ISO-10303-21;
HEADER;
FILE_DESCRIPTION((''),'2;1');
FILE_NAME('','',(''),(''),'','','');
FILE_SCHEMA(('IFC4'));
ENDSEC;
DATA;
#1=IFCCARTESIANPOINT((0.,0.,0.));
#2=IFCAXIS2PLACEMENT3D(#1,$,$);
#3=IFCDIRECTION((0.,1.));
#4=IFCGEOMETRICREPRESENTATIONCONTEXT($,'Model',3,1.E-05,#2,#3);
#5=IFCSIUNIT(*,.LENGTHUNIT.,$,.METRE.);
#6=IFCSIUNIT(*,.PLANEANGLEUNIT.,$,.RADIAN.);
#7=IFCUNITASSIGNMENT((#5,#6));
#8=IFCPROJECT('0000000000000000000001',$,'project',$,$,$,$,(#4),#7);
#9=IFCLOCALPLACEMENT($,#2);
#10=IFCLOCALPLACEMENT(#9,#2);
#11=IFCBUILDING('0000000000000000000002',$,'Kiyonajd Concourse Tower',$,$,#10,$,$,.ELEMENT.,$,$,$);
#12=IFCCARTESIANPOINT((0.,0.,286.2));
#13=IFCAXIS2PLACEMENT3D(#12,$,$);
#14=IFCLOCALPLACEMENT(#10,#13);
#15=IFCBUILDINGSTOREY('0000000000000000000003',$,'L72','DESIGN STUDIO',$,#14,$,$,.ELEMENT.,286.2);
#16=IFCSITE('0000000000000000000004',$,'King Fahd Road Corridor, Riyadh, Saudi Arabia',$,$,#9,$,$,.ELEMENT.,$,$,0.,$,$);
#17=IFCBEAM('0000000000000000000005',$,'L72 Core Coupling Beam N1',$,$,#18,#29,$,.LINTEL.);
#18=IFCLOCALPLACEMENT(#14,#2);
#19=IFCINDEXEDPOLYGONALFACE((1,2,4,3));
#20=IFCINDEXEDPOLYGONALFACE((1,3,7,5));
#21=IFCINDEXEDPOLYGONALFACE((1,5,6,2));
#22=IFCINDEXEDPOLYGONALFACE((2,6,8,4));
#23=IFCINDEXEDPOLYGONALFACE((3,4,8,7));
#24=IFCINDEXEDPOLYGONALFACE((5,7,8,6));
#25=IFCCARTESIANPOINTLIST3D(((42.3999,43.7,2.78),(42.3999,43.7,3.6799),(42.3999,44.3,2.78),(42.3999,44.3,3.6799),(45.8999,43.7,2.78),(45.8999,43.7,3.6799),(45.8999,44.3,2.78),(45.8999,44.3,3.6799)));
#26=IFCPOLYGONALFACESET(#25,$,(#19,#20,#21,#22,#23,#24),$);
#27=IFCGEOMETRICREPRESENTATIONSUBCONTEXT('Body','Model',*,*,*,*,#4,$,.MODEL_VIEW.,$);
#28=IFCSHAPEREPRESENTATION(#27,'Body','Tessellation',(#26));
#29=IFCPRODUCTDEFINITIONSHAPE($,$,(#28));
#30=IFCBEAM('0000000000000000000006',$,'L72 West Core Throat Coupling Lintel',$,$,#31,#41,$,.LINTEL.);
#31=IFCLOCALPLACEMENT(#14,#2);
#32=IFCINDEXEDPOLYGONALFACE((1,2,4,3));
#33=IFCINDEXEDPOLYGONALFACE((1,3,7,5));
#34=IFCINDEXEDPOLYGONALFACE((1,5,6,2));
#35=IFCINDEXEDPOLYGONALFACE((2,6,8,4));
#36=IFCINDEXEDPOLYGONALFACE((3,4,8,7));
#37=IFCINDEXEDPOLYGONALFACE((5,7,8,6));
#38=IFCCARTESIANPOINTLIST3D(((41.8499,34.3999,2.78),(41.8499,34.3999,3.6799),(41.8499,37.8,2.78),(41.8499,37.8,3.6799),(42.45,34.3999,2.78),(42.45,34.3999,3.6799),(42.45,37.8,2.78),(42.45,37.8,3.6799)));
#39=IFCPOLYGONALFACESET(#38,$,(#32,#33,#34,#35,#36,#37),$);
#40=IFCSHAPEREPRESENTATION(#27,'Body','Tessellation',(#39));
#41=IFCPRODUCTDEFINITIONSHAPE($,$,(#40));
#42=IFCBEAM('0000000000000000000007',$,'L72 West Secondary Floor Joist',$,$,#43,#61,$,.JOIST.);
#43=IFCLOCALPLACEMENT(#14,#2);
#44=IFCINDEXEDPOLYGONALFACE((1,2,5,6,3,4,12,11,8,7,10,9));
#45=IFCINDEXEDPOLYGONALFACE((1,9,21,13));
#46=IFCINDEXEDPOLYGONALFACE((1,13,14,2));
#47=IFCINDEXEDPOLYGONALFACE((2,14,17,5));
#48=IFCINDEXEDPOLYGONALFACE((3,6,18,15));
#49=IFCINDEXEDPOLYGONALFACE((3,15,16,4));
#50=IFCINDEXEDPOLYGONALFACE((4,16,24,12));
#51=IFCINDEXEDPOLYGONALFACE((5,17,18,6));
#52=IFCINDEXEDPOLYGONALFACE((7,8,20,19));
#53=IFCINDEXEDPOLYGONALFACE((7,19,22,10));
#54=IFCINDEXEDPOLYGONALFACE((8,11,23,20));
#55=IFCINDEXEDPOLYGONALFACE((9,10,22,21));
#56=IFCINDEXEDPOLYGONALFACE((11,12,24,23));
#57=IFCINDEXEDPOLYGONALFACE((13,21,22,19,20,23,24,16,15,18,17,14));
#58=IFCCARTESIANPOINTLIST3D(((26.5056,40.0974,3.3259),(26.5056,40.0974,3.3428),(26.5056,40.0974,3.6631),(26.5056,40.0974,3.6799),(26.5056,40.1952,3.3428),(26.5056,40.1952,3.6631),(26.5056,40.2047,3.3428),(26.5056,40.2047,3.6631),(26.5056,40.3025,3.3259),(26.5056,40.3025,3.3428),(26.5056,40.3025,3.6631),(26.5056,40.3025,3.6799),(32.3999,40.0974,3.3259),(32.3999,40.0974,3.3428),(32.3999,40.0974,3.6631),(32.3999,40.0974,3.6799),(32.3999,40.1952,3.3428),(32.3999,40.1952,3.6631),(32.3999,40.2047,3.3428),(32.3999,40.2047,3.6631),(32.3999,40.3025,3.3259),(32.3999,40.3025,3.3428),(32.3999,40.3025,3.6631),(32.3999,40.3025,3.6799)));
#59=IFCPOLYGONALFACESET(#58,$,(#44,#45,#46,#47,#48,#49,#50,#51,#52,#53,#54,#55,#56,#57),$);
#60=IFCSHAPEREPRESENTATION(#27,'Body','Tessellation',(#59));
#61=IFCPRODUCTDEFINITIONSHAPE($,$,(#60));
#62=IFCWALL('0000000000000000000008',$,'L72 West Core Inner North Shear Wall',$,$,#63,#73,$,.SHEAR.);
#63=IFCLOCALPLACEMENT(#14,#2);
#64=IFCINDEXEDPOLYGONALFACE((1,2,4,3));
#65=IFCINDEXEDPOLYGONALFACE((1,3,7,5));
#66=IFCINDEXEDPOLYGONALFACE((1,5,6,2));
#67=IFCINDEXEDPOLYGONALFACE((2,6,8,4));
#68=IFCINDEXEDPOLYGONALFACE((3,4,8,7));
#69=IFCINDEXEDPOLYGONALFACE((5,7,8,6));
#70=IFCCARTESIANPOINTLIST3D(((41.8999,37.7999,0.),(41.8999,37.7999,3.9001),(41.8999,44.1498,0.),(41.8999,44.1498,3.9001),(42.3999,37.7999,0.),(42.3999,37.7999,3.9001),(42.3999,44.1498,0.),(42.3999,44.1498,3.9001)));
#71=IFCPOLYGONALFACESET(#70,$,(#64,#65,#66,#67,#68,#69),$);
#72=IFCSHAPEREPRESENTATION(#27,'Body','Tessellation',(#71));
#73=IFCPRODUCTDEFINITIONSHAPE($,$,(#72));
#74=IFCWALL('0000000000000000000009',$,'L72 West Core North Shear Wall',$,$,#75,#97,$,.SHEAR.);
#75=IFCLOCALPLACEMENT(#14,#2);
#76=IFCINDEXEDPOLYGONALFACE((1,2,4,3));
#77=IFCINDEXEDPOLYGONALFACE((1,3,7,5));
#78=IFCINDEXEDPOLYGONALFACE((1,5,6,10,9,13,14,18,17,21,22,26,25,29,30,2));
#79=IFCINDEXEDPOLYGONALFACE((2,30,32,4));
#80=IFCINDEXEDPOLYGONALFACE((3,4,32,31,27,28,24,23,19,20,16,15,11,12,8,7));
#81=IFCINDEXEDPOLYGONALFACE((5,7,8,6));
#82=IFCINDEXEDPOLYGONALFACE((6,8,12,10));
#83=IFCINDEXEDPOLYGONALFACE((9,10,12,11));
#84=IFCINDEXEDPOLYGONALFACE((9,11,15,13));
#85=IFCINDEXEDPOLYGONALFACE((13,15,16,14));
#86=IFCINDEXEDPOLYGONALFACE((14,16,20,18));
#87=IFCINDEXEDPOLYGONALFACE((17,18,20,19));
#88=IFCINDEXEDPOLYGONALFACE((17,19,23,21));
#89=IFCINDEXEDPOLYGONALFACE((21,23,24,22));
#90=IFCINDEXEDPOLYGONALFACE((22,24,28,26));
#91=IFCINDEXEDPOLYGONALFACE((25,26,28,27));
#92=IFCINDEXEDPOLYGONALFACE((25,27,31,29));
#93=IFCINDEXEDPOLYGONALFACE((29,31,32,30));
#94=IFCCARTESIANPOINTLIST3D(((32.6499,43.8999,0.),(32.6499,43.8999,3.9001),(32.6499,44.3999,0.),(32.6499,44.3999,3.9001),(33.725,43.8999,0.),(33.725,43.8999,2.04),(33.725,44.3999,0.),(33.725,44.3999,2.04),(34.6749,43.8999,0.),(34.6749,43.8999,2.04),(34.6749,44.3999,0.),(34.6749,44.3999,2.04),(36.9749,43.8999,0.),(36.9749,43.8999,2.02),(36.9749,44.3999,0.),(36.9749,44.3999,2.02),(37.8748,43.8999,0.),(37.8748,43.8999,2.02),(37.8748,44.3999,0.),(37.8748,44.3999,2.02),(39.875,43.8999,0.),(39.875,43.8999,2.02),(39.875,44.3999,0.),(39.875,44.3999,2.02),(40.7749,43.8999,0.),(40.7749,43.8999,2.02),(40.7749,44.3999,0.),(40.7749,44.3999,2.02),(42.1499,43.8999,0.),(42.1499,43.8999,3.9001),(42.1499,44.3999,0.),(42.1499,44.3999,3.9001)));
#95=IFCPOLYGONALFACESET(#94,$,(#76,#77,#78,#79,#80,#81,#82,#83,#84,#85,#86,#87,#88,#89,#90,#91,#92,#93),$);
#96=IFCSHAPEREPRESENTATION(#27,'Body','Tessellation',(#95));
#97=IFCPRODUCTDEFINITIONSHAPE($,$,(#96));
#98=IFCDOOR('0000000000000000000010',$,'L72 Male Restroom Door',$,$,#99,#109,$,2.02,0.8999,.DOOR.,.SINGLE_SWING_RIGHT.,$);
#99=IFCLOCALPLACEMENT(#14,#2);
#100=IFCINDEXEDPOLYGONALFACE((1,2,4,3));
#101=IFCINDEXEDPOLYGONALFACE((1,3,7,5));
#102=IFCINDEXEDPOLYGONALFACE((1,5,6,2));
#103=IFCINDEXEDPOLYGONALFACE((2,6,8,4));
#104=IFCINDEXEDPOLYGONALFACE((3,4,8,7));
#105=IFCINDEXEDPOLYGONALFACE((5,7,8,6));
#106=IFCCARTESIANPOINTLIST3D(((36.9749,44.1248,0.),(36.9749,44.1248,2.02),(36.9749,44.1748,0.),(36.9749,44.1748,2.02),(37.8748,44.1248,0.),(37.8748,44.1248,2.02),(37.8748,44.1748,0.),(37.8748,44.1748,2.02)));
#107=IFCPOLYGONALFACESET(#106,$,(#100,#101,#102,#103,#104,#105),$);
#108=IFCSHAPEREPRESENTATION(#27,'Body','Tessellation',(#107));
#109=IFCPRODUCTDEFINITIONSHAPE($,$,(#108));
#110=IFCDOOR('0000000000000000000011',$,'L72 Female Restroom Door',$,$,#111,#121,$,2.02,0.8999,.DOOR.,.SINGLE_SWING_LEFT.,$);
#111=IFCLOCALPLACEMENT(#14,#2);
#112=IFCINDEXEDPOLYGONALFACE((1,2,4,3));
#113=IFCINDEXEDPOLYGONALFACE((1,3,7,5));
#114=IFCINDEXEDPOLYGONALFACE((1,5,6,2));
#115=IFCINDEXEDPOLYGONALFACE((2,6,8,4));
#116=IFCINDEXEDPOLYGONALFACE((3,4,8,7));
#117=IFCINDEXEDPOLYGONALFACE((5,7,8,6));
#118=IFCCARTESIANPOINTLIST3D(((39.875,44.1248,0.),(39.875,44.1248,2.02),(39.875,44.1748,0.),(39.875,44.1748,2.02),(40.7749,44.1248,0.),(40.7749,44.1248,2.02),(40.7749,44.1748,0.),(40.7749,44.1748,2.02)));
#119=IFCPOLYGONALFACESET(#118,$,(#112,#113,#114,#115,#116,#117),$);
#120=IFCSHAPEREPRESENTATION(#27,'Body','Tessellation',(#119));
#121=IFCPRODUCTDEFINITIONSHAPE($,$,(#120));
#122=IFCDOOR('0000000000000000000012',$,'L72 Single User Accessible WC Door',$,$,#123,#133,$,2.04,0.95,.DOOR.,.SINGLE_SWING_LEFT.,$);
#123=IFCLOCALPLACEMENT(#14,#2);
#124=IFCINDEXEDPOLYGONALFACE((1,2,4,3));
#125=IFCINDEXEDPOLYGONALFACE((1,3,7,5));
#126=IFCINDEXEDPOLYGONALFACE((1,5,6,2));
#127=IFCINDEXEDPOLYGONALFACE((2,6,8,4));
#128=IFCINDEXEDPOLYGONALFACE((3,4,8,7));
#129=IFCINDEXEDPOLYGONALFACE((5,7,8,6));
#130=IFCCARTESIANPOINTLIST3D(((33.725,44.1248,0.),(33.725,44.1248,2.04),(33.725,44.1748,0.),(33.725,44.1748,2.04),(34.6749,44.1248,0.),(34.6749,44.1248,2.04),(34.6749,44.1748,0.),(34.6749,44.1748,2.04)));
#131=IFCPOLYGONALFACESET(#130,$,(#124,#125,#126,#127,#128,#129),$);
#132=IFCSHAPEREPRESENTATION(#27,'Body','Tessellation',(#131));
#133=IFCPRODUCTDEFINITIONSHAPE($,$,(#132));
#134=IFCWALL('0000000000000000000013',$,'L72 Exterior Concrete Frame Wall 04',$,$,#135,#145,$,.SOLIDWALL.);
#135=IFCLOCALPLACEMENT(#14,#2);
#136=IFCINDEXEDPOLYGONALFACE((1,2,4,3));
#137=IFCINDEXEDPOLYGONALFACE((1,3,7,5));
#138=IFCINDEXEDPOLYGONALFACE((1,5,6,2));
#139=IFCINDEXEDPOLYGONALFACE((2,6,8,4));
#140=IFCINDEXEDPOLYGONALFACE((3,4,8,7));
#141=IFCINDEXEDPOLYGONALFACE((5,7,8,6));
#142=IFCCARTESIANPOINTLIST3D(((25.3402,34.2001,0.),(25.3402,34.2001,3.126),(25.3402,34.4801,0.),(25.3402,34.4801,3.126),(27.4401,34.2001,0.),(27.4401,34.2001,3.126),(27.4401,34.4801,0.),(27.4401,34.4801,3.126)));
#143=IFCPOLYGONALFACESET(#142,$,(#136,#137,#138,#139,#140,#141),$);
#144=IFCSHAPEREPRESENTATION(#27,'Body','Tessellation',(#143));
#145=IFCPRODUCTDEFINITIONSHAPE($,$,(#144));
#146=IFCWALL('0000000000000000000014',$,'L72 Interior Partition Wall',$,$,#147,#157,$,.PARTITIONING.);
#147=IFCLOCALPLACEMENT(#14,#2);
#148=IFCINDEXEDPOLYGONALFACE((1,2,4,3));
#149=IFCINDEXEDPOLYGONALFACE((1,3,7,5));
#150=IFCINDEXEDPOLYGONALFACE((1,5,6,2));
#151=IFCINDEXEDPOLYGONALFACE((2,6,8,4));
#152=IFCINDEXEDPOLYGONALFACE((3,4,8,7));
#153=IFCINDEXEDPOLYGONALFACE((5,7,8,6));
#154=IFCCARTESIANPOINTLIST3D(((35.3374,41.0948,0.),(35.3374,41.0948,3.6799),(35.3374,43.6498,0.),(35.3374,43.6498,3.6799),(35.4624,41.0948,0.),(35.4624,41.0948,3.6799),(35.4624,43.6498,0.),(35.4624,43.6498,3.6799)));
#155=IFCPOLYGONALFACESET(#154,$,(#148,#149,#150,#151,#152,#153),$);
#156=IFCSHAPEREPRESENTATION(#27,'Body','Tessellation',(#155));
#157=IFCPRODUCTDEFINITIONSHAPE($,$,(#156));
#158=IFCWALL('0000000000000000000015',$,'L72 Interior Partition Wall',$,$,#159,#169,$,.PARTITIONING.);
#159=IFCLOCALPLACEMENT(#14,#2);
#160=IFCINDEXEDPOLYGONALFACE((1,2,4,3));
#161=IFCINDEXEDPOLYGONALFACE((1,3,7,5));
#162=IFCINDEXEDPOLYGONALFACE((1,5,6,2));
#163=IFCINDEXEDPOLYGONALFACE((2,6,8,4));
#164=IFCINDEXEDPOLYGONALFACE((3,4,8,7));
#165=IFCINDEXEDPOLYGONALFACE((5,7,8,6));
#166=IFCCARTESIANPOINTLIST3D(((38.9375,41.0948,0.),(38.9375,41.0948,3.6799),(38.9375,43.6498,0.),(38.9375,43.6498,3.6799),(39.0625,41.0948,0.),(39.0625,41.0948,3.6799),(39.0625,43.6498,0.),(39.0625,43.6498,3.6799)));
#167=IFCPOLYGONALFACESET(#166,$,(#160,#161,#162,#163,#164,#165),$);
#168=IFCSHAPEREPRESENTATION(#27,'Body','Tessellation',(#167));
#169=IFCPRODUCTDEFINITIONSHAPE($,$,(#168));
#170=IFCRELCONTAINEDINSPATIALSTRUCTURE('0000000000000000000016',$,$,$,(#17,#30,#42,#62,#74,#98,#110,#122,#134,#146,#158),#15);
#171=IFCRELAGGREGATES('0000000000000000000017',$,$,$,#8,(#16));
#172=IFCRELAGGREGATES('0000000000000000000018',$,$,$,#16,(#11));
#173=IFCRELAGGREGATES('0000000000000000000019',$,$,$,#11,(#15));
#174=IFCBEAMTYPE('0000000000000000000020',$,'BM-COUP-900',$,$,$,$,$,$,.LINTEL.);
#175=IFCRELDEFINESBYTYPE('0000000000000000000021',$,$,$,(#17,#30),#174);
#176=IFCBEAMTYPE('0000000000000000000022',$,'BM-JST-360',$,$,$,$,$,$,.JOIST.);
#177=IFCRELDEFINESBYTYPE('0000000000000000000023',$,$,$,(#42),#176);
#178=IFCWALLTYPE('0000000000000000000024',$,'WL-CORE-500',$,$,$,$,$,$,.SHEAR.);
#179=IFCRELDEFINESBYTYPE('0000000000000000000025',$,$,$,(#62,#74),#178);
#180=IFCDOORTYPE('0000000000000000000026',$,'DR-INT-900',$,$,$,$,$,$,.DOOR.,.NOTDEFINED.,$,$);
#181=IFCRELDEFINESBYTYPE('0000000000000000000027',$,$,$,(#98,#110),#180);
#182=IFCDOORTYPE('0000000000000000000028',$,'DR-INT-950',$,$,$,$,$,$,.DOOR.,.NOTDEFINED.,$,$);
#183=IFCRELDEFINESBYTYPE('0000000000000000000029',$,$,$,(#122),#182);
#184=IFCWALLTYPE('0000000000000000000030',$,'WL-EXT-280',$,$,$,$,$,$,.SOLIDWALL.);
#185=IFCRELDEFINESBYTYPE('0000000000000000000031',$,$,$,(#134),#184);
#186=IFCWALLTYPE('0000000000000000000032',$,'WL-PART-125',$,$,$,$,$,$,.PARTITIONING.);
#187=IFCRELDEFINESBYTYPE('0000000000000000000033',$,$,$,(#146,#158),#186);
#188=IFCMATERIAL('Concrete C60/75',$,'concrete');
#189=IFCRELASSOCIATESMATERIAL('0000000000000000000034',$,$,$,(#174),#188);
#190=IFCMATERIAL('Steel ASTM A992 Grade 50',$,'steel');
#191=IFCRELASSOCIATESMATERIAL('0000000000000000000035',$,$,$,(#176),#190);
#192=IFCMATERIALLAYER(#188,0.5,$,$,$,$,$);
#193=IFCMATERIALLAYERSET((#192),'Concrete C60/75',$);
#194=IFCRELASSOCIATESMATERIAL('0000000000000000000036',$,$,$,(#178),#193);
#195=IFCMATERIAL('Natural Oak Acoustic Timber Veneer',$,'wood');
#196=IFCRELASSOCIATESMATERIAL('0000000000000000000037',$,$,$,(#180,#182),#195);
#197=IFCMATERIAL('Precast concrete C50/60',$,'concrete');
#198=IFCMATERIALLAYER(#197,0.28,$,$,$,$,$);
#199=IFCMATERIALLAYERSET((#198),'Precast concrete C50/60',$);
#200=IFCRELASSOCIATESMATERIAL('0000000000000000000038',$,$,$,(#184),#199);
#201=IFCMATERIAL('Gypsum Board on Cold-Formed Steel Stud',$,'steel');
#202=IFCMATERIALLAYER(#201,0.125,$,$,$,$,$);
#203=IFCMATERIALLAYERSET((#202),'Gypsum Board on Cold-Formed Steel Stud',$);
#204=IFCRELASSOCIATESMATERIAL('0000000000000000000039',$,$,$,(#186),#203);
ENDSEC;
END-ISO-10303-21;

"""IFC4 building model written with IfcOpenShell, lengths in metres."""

from ifc_helpers import new_model, si_unit, direction, frame, frame_2d, origin, origin_2d, place, context, subcontext, project, spatial, rectangle, i_section, extrude, material, layer, layer_set, material_profile, profile_set, type_object, element, fill, save


model = new_model("IFC4")

# Units and contexts
model_context = context("Model", 3, precision=1e-05, world=origin(), true_north=direction((0.0, 1.0)))
body_context = subcontext(model_context, "Body", "Model", "MODEL_VIEW")
ifc_project = project(units=[si_unit("LENGTHUNIT", "METRE"), si_unit("PLANEANGLEUNIT", "RADIAN")], contexts=[model_context])

# Site, building, storey
site_placement = place(None, origin())
site = spatial("IfcSite", under=ifc_project, at=site_placement, Name="King Fahd Road Corridor, Riyadh, Saudi Arabia", CompositionType="ELEMENT", RefElevation=0.0)
building_placement = place(site_placement, origin())
building = spatial("IfcBuilding", under=site, at=building_placement, Name="Kiyonajd Concourse Tower", CompositionType="ELEMENT")
storey_placement = place(building_placement, frame((0.0, 0.0, 286.2)))
storey = spatial("IfcBuildingStorey", under=building, at=storey_placement, Name="L72", Description="DESIGN STUDIO", CompositionType="ELEMENT", Elevation=286.2)

# Beams
ifc_material_1 = material(Name="Concrete C60/75", Category="concrete")
ifc_material_profile_1 = material_profile(ifc_material_1, rectangle(XDim=0.6001, YDim=0.8999, at=origin_2d()), Name="RCBM-600x900")
ifc_profile_set_1 = profile_set([ifc_material_profile_1], Name="Concrete C60/75")
beam_type_1 = type_object("IfcBeamType", Name="BM-COUP-900", PredefinedType="LINTEL", material=ifc_profile_set_1)
beam_1_placement = place(storey_placement, frame((42.3999, 44.0, 3.23), z_axis=(1.0, 0.0, 0.0), x_axis=(0.0, 1.0, 0.0)))
element("IfcBeam", 1, at=beam_1_placement, inside=storey, type_object=beam_type_1, Name="L72 Core Coupling Beam N1", PredefinedType="LINTEL", context=body_context, shape_type="SweptSolid", body=[
    extrude(rectangle(XDim=0.6001, YDim=0.8999, at=origin_2d()), origin(), (0.0, 0.0, 1.0), 3.5),
])
beam_2_placement = place(storey_placement, frame((42.1499, 34.3999, 3.23), z_axis=(0.0, 1.0, 0.0), x_axis=(-1.0, 0.0, 0.0)))
element("IfcBeam", 2, at=beam_2_placement, inside=storey, type_object=beam_type_1, Name="L72 West Core Throat Coupling Lintel", PredefinedType="LINTEL", context=body_context, shape_type="SweptSolid", body=[
    extrude(rectangle(XDim=0.6001, YDim=0.8999, at=origin_2d()), origin(), (0.0, 0.0, 1.0), 3.4001),
])
ifc_material_2 = material(Name="Steel ASTM A992 Grade 50", Category="steel")
ifc_material_profile_2 = material_profile(ifc_material_2, i_section(OverallWidth=0.2051, OverallDepth=0.354, WebThickness=0.0095, FlangeThickness=0.0168, at=origin_2d()), Name="W360X79")
ifc_profile_set_2 = profile_set([ifc_material_profile_2], Name="Steel ASTM A992 Grade 50")
beam_type_2 = type_object("IfcBeamType", Name="BM-JST-360", PredefinedType="JOIST", material=ifc_profile_set_2)
beam_3_placement = place(storey_placement, frame((26.5056, 40.2, 3.5029), z_axis=(1.0, 0.0, 0.0), x_axis=(0.0, 1.0, 0.0)))
element("IfcBeam", 3, at=beam_3_placement, inside=storey, type_object=beam_type_2, Name="L72 West Secondary Floor Joist", PredefinedType="JOIST", context=body_context, shape_type="SweptSolid", body=[
    extrude(i_section(OverallWidth=0.2051, OverallDepth=0.354, WebThickness=0.0095, FlangeThickness=0.0168, at=origin_2d()), origin(), (0.0, 0.0, 1.0), 5.8943),
])

# Wall
ifc_layer_1 = layer(ifc_material_1, 0.5)
ifc_layer_set_1 = layer_set([ifc_layer_1], Name="Concrete C60/75")
wall_type_1 = type_object("IfcWallType", Name="WL-CORE-500", PredefinedType="SHEAR", material=ifc_layer_set_1)
wall_1_placement = place(storey_placement, frame((42.1499, 37.8, 0.0), z_axis=(0.0, 0.0, 1.0), x_axis=(0.0, 1.0, 0.0)))
element("IfcWall", 4, at=wall_1_placement, inside=storey, type_object=wall_type_1, Name="L72 West Core Inner North Shear Wall", PredefinedType="SHEAR", context=body_context, shape_type="SweptSolid", body=[
    extrude(rectangle(XDim=6.3499, YDim=0.5, at=frame_2d((3.1748, 0.0))), origin(), (0.0, 0.0, 1.0), 3.9001),
])

# Wall, openings, doors
wall_2_placement = place(storey_placement, frame((32.6499, 44.1499, 0.0), z_axis=(0.0, 0.0, 1.0), x_axis=(1.0, 0.0, 0.0)))
wall_2 = element("IfcWall", 5, at=wall_2_placement, inside=storey, type_object=wall_type_1, Name="L72 West Core North Shear Wall", PredefinedType="SHEAR", context=body_context, shape_type="SweptSolid", body=[
    extrude(rectangle(XDim=9.5, YDim=0.5, at=frame_2d((4.75, 0.0))), origin(), (0.0, 0.0, 1.0), 3.9001),
])
opening_1_placement = place(wall_2_placement, frame((1.075, 0.0, 0.0)))
opening_1 = element("IfcOpeningElement", 6, at=opening_1_placement, cuts=wall_2, PredefinedType="OPENING", context=body_context, shape_type="SweptSolid", body=[
    extrude(rectangle(XDim=0.95, YDim=2.04, at=frame_2d((0.4751, 1.02))), frame((0.0, 0.26, 0.0), z_axis=(0.0, -1.0, 0.0), x_axis=(1.0, 0.0, 0.0)), (0.0, 0.0, 1.0), 0.52),
])
opening_2_placement = place(wall_2_placement, frame((4.325, 0.0, 0.0)))
opening_2 = element("IfcOpeningElement", 7, at=opening_2_placement, cuts=wall_2, PredefinedType="OPENING", context=body_context, shape_type="SweptSolid", body=[
    extrude(rectangle(XDim=0.8999, YDim=2.02, at=frame_2d((0.45, 1.01))), frame((0.0, 0.26, 0.0), z_axis=(0.0, -1.0, 0.0), x_axis=(1.0, 0.0, 0.0)), (0.0, 0.0, 1.0), 0.52),
])
opening_3_placement = place(wall_2_placement, frame((7.2251, 0.0, 0.0)))
opening_3 = element("IfcOpeningElement", 8, at=opening_3_placement, cuts=wall_2, PredefinedType="OPENING", context=body_context, shape_type="SweptSolid", body=[
    extrude(rectangle(XDim=0.8999, YDim=2.02, at=frame_2d((0.45, 1.01))), frame((0.0, 0.26, 0.0), z_axis=(0.0, -1.0, 0.0), x_axis=(1.0, 0.0, 0.0)), (0.0, 0.0, 1.0), 0.52),
])
ifc_material_3 = material(Name="Natural Oak Acoustic Timber Veneer", Category="wood")
door_type_1 = type_object("IfcDoorType", Name="DR-INT-900", OperationType="NOTDEFINED", PredefinedType="DOOR", material=ifc_material_3)
door_1_placement = place(opening_2_placement, origin())
door_1 = element("IfcDoor", 9, at=door_1_placement, inside=storey, type_object=door_type_1, Name="L72 Male Restroom Door", OperationType="SINGLE_SWING_RIGHT", OverallHeight=2.02, OverallWidth=0.8999, PredefinedType="DOOR", context=body_context, shape_type="SweptSolid", body=[
    extrude(rectangle(XDim=0.8999, YDim=2.02, at=frame_2d((0.45, 1.01))), frame((0.0, 0.0249, 0.0), z_axis=(0.0, -1.0, 0.0), x_axis=(1.0, 0.0, 0.0)), (0.0, 0.0, 1.0), 0.05),
])
fill(opening_2, door_1)
door_2_placement = place(opening_3_placement, origin())
door_2 = element("IfcDoor", 10, at=door_2_placement, inside=storey, type_object=door_type_1, Name="L72 Female Restroom Door", OperationType="SINGLE_SWING_LEFT", OverallHeight=2.02, OverallWidth=0.8999, PredefinedType="DOOR", context=body_context, shape_type="SweptSolid", body=[
    extrude(rectangle(XDim=0.8999, YDim=2.02, at=frame_2d((0.45, 1.01))), frame((0.0, 0.0249, 0.0), z_axis=(0.0, -1.0, 0.0), x_axis=(1.0, 0.0, 0.0)), (0.0, 0.0, 1.0), 0.05),
])
fill(opening_3, door_2)
door_type_2 = type_object("IfcDoorType", Name="DR-INT-950", OperationType="NOTDEFINED", PredefinedType="DOOR", material=ifc_material_3)
door_3_placement = place(opening_1_placement, origin())
door_3 = element("IfcDoor", 11, at=door_3_placement, inside=storey, type_object=door_type_2, Name="L72 Single User Accessible WC Door", OperationType="SINGLE_SWING_LEFT", OverallHeight=2.04, OverallWidth=0.95, PredefinedType="DOOR", context=body_context, shape_type="SweptSolid", body=[
    extrude(rectangle(XDim=0.95, YDim=2.04, at=frame_2d((0.4751, 1.02))), frame((0.0, 0.0249, 0.0), z_axis=(0.0, -1.0, 0.0), x_axis=(1.0, 0.0, 0.0)), (0.0, 0.0, 1.0), 0.05),
])
fill(opening_1, door_3)

# Walls
ifc_material_4 = material(Name="Precast concrete C50/60", Category="concrete")
ifc_layer_2 = layer(ifc_material_4, 0.28)
ifc_layer_set_2 = layer_set([ifc_layer_2], Name="Precast concrete C50/60")
wall_type_2 = type_object("IfcWallType", Name="WL-EXT-280", PredefinedType="SOLIDWALL", material=ifc_layer_set_2)
wall_3_placement = place(storey_placement, frame((27.4399, 34.3401, 0.0), z_axis=(0.0, 0.0, 1.0), x_axis=(-1.0, 0.0, 0.0)))
element("IfcWall", 12, at=wall_3_placement, inside=storey, type_object=wall_type_2, Name="L72 Exterior Concrete Frame Wall 04", PredefinedType="SOLIDWALL", context=body_context, shape_type="SweptSolid", body=[
    extrude(rectangle(XDim=2.0999, YDim=0.28, at=frame_2d((1.0498, 0.0))), origin(), (0.0, 0.0, 1.0), 3.126),
])
ifc_material_5 = material(Name="Gypsum Board on Cold-Formed Steel Stud", Category="steel")
ifc_layer_3 = layer(ifc_material_5, 0.125)
ifc_layer_set_3 = layer_set([ifc_layer_3], Name="Gypsum Board on Cold-Formed Steel Stud")
wall_type_3 = type_object("IfcWallType", Name="WL-PART-125", PredefinedType="PARTITIONING", material=ifc_layer_set_3)
for number, where, z_axis, x_axis, name in (
    (13, (35.3999, 41.095, 0.0), (0.0, 0.0, 1.0), (0.0, 1.0, 0.0), "L72 Interior Partition Wall"),
    (14, (39.0, 41.095, 0.0), (0.0, 0.0, 1.0), (0.0, 1.0, 0.0), "L72 Interior Partition Wall"),
):
    element("IfcWall", number, at=place(storey_placement, frame(where, z_axis=z_axis, x_axis=x_axis)), inside=storey, type_object=wall_type_3, Name=name, PredefinedType="PARTITIONING", context=body_context, shape_type="SweptSolid", body=[
        extrude(rectangle(XDim=2.5549, YDim=0.125, at=frame_2d((1.2773, 0.0))), origin(), (0.0, 0.0, 1.0), 3.6799),
    ])

save(model, "model.ifc")
